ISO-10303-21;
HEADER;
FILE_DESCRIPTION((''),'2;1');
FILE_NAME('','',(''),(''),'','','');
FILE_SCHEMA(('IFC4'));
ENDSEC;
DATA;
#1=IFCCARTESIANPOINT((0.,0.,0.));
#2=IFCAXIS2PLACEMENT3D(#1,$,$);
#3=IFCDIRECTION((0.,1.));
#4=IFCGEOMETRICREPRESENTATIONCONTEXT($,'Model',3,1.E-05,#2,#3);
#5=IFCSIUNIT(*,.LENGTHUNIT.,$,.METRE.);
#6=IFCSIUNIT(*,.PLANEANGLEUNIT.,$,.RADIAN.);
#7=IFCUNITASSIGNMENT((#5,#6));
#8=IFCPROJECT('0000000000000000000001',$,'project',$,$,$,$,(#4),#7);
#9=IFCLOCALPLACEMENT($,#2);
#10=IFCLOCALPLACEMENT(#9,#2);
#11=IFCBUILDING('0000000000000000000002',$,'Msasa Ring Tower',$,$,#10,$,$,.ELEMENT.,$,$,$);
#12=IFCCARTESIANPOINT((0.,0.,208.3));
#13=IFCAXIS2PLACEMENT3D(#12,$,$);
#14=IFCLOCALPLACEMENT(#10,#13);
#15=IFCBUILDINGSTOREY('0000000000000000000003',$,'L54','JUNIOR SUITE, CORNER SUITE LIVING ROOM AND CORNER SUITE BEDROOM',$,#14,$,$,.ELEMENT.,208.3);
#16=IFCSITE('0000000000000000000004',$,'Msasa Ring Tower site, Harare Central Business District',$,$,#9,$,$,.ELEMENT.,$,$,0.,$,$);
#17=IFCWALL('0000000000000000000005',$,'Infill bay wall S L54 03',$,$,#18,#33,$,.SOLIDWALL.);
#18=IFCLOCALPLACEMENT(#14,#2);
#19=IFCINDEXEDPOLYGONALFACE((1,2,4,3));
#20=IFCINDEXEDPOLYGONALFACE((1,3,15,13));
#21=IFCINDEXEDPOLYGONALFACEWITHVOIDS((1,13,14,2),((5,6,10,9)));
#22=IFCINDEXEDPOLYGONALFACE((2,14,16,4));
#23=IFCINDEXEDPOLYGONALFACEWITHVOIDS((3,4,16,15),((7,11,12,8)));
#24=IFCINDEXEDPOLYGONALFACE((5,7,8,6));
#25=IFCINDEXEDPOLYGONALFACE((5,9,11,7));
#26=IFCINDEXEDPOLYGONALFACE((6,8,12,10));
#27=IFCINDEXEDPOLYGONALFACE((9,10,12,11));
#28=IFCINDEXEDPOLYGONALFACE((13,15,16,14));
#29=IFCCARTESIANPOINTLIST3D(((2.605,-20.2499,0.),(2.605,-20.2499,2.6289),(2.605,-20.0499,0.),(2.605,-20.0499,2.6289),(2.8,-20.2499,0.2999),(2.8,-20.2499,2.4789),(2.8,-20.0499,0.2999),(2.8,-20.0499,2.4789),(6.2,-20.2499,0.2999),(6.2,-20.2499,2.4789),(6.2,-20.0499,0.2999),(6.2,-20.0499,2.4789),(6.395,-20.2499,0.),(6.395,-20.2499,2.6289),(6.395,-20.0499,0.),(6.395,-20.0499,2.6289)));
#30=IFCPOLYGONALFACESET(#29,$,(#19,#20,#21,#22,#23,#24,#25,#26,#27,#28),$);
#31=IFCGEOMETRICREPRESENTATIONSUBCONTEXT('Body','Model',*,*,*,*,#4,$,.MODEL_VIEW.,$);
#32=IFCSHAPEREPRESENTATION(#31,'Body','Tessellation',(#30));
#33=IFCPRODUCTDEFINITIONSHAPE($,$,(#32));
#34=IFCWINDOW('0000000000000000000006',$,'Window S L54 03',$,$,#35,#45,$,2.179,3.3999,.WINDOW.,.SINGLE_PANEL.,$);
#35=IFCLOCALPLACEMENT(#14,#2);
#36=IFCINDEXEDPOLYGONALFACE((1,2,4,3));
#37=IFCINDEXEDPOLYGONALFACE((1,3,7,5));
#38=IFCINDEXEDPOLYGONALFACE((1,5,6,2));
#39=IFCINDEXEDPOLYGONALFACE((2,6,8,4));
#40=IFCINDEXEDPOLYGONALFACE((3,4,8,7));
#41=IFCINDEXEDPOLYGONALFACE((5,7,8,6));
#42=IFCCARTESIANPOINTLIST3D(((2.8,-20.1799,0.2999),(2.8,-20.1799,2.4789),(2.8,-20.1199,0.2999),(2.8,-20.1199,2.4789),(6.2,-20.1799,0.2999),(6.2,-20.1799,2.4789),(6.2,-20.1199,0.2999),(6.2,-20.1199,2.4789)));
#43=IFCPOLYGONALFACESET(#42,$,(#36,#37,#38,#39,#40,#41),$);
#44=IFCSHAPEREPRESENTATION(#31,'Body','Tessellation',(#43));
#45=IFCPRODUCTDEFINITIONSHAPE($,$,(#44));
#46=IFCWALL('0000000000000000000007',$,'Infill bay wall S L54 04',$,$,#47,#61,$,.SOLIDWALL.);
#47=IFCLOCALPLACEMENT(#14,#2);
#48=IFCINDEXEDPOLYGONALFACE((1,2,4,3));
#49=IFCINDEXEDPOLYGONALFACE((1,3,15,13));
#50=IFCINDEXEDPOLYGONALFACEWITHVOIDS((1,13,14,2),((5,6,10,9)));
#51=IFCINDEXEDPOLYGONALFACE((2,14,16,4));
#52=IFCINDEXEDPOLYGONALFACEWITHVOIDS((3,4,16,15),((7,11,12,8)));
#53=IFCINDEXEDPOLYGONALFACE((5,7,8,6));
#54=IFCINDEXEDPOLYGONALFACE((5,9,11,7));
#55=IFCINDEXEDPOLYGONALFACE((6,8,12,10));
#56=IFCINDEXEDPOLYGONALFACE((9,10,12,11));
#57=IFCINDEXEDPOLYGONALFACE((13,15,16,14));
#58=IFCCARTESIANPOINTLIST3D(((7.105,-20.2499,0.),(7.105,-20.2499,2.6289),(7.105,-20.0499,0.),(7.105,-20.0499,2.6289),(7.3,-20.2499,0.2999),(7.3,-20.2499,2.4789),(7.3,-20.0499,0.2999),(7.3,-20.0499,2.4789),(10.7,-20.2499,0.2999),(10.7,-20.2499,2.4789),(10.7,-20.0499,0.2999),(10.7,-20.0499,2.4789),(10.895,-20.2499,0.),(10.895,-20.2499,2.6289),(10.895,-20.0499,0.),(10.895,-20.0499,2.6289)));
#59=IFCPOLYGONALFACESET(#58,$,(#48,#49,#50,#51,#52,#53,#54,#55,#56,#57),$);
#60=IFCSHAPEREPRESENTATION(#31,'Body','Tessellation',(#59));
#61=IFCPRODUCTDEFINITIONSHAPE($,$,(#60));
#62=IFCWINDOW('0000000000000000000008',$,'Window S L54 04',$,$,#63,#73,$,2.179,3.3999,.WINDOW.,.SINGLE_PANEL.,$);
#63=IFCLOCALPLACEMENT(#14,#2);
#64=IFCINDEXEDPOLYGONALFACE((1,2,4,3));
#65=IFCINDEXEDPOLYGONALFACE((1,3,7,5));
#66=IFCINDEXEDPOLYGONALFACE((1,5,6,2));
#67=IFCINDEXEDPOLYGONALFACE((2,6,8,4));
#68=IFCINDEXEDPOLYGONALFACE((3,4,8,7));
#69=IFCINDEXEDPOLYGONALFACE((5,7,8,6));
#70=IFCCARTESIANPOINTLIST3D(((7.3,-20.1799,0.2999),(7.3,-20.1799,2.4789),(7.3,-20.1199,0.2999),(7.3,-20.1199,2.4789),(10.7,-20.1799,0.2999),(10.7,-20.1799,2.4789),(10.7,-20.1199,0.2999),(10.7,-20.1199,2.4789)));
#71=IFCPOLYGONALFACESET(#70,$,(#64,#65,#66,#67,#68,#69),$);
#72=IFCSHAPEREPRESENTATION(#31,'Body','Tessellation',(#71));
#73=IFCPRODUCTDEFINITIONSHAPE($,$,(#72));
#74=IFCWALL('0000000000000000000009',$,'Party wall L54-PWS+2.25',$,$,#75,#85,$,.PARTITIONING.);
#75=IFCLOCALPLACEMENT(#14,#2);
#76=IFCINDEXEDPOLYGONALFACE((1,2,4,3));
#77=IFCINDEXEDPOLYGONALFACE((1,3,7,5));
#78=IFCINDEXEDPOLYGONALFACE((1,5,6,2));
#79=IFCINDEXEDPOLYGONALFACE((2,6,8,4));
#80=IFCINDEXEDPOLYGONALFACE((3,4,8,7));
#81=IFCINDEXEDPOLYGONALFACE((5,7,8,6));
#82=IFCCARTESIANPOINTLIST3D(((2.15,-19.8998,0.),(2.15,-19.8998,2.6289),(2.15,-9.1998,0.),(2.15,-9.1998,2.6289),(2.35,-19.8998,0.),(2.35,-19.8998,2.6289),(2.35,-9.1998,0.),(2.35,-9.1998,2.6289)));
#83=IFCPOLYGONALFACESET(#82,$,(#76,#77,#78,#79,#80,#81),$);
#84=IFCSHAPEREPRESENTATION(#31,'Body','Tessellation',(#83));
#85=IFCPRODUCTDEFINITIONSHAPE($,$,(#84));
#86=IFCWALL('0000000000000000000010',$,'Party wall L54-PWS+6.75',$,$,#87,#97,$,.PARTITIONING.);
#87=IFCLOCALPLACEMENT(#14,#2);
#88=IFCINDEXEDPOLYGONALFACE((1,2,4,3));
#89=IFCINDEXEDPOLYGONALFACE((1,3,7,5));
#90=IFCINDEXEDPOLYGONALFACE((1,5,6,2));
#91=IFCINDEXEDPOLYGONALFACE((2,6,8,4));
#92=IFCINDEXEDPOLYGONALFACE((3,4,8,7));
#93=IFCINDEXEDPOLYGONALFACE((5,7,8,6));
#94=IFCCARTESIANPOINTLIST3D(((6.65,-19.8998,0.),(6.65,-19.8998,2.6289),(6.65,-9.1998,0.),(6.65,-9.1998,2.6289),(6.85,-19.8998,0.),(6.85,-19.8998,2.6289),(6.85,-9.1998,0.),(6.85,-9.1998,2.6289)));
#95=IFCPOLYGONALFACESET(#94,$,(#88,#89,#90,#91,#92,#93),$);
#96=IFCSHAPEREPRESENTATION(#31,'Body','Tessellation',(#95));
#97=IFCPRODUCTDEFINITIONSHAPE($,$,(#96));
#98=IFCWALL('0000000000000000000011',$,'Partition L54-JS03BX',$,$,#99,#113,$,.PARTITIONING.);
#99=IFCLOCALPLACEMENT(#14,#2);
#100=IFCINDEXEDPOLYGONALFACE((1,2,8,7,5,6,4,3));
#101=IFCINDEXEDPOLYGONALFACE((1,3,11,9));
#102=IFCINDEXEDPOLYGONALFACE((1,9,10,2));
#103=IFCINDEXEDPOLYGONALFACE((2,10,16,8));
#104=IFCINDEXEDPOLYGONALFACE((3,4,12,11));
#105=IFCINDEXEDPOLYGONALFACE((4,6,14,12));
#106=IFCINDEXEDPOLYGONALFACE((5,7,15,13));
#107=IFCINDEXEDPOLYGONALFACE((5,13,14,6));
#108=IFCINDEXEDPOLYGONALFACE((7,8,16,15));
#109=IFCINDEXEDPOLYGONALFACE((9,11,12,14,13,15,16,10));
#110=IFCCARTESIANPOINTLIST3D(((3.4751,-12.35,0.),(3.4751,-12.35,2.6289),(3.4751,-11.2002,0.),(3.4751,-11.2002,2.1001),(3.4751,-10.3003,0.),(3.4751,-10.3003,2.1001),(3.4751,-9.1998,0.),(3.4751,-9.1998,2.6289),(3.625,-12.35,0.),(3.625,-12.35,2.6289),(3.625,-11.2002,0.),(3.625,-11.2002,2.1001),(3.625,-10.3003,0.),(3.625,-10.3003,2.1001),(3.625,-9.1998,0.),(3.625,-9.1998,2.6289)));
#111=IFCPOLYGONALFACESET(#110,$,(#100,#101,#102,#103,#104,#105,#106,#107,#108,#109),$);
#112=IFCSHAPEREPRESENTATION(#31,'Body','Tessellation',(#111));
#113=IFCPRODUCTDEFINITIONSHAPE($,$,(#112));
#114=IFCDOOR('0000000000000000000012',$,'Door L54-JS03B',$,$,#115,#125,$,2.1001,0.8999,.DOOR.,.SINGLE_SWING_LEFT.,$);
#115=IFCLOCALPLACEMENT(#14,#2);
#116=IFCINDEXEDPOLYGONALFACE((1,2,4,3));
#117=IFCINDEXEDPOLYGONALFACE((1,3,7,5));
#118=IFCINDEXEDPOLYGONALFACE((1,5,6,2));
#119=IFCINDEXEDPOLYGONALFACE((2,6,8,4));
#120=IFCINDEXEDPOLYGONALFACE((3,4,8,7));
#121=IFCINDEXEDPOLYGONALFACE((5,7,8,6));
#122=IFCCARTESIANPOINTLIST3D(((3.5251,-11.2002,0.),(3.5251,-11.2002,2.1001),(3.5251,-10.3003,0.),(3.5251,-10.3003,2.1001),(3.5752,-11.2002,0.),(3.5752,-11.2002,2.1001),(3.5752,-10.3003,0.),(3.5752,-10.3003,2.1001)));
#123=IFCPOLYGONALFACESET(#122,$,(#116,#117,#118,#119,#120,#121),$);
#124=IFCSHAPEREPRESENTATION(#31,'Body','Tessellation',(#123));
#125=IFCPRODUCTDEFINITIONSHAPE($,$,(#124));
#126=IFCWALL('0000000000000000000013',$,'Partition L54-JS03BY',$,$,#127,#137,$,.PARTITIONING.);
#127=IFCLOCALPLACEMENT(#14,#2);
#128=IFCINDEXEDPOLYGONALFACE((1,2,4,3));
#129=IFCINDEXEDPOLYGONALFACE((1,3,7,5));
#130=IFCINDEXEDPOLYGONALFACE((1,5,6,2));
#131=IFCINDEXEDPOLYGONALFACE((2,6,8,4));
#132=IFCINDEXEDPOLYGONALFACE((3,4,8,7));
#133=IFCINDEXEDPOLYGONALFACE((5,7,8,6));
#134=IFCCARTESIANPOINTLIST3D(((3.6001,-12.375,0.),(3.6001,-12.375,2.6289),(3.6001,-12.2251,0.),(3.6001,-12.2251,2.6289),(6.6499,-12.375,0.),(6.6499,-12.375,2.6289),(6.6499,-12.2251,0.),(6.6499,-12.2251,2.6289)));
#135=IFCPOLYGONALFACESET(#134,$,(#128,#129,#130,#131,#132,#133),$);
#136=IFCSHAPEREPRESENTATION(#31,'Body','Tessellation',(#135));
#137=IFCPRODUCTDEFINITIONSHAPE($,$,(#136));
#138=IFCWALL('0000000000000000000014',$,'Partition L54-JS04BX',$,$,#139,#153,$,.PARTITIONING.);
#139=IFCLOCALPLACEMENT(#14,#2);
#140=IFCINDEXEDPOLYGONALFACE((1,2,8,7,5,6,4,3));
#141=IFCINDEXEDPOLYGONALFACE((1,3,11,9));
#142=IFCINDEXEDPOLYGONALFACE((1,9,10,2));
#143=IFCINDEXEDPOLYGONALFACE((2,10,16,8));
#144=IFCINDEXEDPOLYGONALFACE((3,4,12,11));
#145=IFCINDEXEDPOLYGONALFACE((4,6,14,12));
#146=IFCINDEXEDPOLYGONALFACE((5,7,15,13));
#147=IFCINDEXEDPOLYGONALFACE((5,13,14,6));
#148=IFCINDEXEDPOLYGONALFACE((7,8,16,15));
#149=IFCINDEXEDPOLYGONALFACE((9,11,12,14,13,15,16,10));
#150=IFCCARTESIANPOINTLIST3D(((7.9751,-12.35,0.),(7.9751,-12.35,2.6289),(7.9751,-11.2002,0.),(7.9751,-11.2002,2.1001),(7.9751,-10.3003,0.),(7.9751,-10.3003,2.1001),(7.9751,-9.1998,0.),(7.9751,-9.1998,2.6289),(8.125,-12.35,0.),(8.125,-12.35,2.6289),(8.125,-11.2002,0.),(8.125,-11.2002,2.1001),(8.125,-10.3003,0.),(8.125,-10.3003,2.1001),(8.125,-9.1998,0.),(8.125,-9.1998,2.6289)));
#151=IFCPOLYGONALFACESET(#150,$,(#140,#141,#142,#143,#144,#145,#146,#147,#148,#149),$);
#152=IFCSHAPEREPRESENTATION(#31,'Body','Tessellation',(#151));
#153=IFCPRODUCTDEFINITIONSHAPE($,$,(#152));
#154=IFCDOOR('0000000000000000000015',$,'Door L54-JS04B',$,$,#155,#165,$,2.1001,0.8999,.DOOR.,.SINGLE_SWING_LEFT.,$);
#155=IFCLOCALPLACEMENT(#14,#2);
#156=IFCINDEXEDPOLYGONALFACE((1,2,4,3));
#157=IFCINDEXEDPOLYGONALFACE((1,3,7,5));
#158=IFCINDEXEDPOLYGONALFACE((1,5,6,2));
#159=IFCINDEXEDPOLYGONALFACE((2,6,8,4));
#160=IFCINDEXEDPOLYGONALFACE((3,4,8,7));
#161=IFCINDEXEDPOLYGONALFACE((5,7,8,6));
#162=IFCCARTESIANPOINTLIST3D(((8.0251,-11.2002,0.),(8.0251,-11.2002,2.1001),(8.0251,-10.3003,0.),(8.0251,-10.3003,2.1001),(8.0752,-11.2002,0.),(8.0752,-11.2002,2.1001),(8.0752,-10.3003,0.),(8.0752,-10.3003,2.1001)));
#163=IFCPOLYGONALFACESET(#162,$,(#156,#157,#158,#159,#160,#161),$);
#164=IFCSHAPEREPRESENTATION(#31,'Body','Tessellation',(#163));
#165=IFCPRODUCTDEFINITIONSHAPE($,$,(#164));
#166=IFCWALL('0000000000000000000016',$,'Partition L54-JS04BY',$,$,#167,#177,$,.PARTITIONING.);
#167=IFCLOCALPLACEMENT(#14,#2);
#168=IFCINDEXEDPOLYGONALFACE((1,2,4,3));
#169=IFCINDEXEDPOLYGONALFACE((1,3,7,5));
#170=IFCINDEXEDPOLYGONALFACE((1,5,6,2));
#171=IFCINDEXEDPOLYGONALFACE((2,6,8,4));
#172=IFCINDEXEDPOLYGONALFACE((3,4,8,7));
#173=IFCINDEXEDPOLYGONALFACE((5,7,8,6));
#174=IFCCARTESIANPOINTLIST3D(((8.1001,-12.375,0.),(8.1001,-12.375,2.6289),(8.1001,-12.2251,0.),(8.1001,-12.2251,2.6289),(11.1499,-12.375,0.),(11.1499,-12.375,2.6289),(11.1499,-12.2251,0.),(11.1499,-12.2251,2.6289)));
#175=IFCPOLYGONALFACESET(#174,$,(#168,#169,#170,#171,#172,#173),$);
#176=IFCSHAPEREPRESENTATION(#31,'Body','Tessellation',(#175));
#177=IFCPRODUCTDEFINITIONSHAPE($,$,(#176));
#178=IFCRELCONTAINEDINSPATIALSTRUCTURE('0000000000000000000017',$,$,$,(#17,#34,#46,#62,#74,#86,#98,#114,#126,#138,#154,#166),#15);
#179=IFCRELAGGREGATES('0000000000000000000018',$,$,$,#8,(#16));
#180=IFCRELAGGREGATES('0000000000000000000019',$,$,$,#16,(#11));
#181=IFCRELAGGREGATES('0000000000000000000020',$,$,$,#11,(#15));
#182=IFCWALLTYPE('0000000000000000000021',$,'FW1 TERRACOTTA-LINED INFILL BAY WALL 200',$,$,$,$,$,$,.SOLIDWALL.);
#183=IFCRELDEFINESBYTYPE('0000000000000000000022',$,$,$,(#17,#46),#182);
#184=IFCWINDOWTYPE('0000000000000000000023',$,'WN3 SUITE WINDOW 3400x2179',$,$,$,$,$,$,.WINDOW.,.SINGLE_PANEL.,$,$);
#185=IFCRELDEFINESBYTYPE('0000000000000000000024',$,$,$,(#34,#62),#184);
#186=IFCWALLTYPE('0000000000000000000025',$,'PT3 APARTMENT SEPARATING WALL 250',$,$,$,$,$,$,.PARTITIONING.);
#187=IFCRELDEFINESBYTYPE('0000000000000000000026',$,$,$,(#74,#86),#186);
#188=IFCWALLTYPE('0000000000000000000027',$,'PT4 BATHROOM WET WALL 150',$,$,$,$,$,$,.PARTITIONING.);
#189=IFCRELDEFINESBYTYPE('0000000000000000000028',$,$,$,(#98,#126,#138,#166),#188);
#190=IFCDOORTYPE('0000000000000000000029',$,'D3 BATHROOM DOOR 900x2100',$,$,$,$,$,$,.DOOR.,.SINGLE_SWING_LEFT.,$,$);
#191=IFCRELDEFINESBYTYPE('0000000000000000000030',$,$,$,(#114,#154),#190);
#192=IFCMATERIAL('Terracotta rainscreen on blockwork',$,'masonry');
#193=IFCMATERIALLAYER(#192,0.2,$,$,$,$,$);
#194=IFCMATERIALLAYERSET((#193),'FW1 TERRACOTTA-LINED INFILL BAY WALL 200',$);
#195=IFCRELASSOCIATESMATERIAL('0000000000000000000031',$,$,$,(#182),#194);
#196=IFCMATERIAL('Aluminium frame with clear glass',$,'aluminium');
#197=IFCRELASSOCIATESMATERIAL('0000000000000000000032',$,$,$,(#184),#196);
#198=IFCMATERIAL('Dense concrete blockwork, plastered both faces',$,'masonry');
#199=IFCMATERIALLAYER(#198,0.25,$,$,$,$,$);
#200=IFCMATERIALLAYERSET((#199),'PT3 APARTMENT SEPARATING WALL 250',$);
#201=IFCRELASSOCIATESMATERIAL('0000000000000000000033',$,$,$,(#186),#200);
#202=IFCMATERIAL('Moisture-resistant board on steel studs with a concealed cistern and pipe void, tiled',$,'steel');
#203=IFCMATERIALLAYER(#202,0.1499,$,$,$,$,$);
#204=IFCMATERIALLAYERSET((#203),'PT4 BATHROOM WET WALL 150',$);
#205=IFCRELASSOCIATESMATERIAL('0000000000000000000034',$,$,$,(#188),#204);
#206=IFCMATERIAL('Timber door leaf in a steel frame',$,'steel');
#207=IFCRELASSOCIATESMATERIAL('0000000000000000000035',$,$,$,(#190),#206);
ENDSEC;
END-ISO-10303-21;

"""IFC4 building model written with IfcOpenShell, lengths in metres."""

from ifc_helpers import new_model, si_unit, direction, frame, frame_2d, origin, place, context, subcontext, project, spatial, rectangle, extrude, material, layer, layer_set, type_object, element, fill, save


model = new_model("IFC4")

# Units and contexts
model_context = context("Model", 3, precision=1e-05, world=origin(), true_north=direction((0.0, 1.0)))
body_context = subcontext(model_context, "Body", "Model", "MODEL_VIEW")
ifc_project = project(units=[si_unit("LENGTHUNIT", "METRE"), si_unit("PLANEANGLEUNIT", "RADIAN")], contexts=[model_context])

# Site, building, storey
site_placement = place(None, origin())
site = spatial("IfcSite", under=ifc_project, at=site_placement, Name="Msasa Ring Tower site, Harare Central Business District", CompositionType="ELEMENT", RefElevation=0.0)
building_placement = place(site_placement, origin())
building = spatial("IfcBuilding", under=site, at=building_placement, Name="Msasa Ring Tower", CompositionType="ELEMENT")
storey_placement = place(building_placement, frame((0.0, 0.0, 208.3)))
storey = spatial("IfcBuildingStorey", under=building, at=storey_placement, Name="L54", Description="JUNIOR SUITE, CORNER SUITE LIVING ROOM AND CORNER SUITE BEDROOM", CompositionType="ELEMENT", Elevation=208.3)

# Walls, openings, windows
ifc_material_1 = material(Name="Terracotta rainscreen on blockwork", Category="masonry")
ifc_layer_1 = layer(ifc_material_1, 0.2)
ifc_layer_set_1 = layer_set([ifc_layer_1], Name="FW1 TERRACOTTA-LINED INFILL BAY WALL 200")
wall_type_1 = type_object("IfcWallType", Name="FW1 TERRACOTTA-LINED INFILL BAY WALL 200", PredefinedType="SOLIDWALL", material=ifc_layer_set_1)
wall_1_placement = place(storey_placement, frame((2.605, -20.1499, 0.0), z_axis=(0.0, 0.0, 1.0), x_axis=(1.0, 0.0, 0.0)))
wall_1 = element("IfcWall", 1, at=wall_1_placement, inside=storey, type_object=wall_type_1, Name="Infill bay wall S L54 03", PredefinedType="SOLIDWALL", context=body_context, shape_type="SweptSolid", body=[
    extrude(rectangle(XDim=3.79, YDim=0.2, at=frame_2d((1.895, 0.0))), origin(), (0.0, 0.0, 1.0), 2.6289),
])
opening_1_placement = place(wall_1_placement, frame((0.1951, 0.0, 0.3)))
opening_1 = element("IfcOpeningElement", 2, at=opening_1_placement, cuts=wall_1, PredefinedType="OPENING", context=body_context, shape_type="SweptSolid", body=[
    extrude(rectangle(XDim=3.3999, YDim=2.179, at=frame_2d((1.7, 1.0894))), frame((0.0, 0.1099, 0.0), z_axis=(0.0, -1.0, 0.0), x_axis=(1.0, 0.0, 0.0)), (0.0, 0.0, 1.0), 0.22),
])
ifc_material_2 = material(Name="Aluminium frame with clear glass", Category="aluminium")
window_type = type_object("IfcWindowType", Name="WN3 SUITE WINDOW 3400x2179", PartitioningType="SINGLE_PANEL", PredefinedType="WINDOW", material=ifc_material_2)
window_1_placement = place(opening_1_placement, origin())
window_1 = element("IfcWindow", 3, at=window_1_placement, inside=storey, type_object=window_type, Name="Window S L54 03", OverallHeight=2.179, OverallWidth=3.3999, PartitioningType="SINGLE_PANEL", PredefinedType="WINDOW", context=body_context, shape_type="SweptSolid", body=[
    extrude(rectangle(XDim=3.3999, YDim=2.179, at=frame_2d((1.7, 1.0894))), frame((0.0, 0.03, 0.0), z_axis=(0.0, -1.0, 0.0), x_axis=(1.0, 0.0, 0.0)), (0.0, 0.0, 1.0), 0.0601),
])
fill(opening_1, window_1)
wall_2_placement = place(storey_placement, frame((7.105, -20.1499, 0.0), z_axis=(0.0, 0.0, 1.0), x_axis=(1.0, 0.0, 0.0)))
wall_2 = element("IfcWall", 4, at=wall_2_placement, inside=storey, type_object=wall_type_1, Name="Infill bay wall S L54 04", PredefinedType="SOLIDWALL", context=body_context, shape_type="SweptSolid", body=[
    extrude(rectangle(XDim=3.79, YDim=0.2, at=frame_2d((1.895, 0.0))), origin(), (0.0, 0.0, 1.0), 2.6289),
])
opening_2_placement = place(wall_2_placement, frame((0.1951, 0.0, 0.3)))
opening_2 = element("IfcOpeningElement", 5, at=opening_2_placement, cuts=wall_2, PredefinedType="OPENING", context=body_context, shape_type="SweptSolid", body=[
    extrude(rectangle(XDim=3.3999, YDim=2.179, at=frame_2d((1.7, 1.0894))), frame((0.0, 0.1099, 0.0), z_axis=(0.0, -1.0, 0.0), x_axis=(1.0, 0.0, 0.0)), (0.0, 0.0, 1.0), 0.22),
])
window_2_placement = place(opening_2_placement, origin())
window_2 = element("IfcWindow", 6, at=window_2_placement, inside=storey, type_object=window_type, Name="Window S L54 04", OverallHeight=2.179, OverallWidth=3.3999, PartitioningType="SINGLE_PANEL", PredefinedType="WINDOW", context=body_context, shape_type="SweptSolid", body=[
    extrude(rectangle(XDim=3.3999, YDim=2.179, at=frame_2d((1.7, 1.0894))), frame((0.0, 0.03, 0.0), z_axis=(0.0, -1.0, 0.0), x_axis=(1.0, 0.0, 0.0)), (0.0, 0.0, 1.0), 0.0601),
])
fill(opening_2, window_2)

# Walls
ifc_material_3 = material(Name="Dense concrete blockwork, plastered both faces", Category="masonry")
ifc_layer_2 = layer(ifc_material_3, 0.25)
ifc_layer_set_2 = layer_set([ifc_layer_2], Name="PT3 APARTMENT SEPARATING WALL 250")
wall_type_2 = type_object("IfcWallType", Name="PT3 APARTMENT SEPARATING WALL 250", PredefinedType="PARTITIONING", material=ifc_layer_set_2)
for number, where, z_axis, x_axis, name in (
    (7, (2.25, -19.8999, 0.0), (0.0, 0.0, 1.0), (0.0, 1.0, 0.0), "Party wall L54-PWS+2.25"),
    (8, (6.75, -19.8999, 0.0), (0.0, 0.0, 1.0), (0.0, 1.0, 0.0), "Party wall L54-PWS+6.75"),
):
    element("IfcWall", number, at=place(storey_placement, frame(where, z_axis=z_axis, x_axis=x_axis)), inside=storey, type_object=wall_type_2, Name=name, PredefinedType="PARTITIONING", context=body_context, shape_type="SweptSolid", body=[
        extrude(rectangle(XDim=10.7, YDim=0.2, at=frame_2d((5.3501, 0.0))), origin(), (0.0, 0.0, 1.0), 2.6289),
    ])

# Wall, opening, door
ifc_material_4 = material(Name="Moisture-resistant board on steel studs with a concealed cistern and pipe void, tiled", Category="steel")
ifc_layer_3 = layer(ifc_material_4, 0.1499)
ifc_layer_set_3 = layer_set([ifc_layer_3], Name="PT4 BATHROOM WET WALL 150")
wall_type_3 = type_object("IfcWallType", Name="PT4 BATHROOM WET WALL 150", PredefinedType="PARTITIONING", material=ifc_layer_set_3)
wall_3_placement = place(storey_placement, frame((3.55, -12.3501, 0.0), z_axis=(0.0, 0.0, 1.0), x_axis=(0.0, 1.0, 0.0)))
wall_3 = element("IfcWall", 9, at=wall_3_placement, inside=storey, type_object=wall_type_3, Name="Partition L54-JS03BX", PredefinedType="PARTITIONING", context=body_context, shape_type="SweptSolid", body=[
    extrude(rectangle(XDim=3.1501, YDim=0.1499, at=frame_2d((1.5752, 0.0))), origin(), (0.0, 0.0, 1.0), 2.6289),
])
opening_3_placement = place(wall_3_placement, frame((1.1499, 0.0, 0.0)))
opening_3 = element("IfcOpeningElement", 10, at=opening_3_placement, cuts=wall_3, PredefinedType="OPENING", context=body_context, shape_type="SweptSolid", body=[
    extrude(rectangle(XDim=0.8999, YDim=2.1001, at=frame_2d((0.45, 1.05))), frame((0.0, 0.085, 0.0), z_axis=(0.0, -1.0, 0.0), x_axis=(1.0, 0.0, 0.0)), (0.0, 0.0, 1.0), 0.1699),
])
ifc_material_5 = material(Name="Timber door leaf in a steel frame", Category="steel")
door_type = type_object("IfcDoorType", Name="D3 BATHROOM DOOR 900x2100", OperationType="SINGLE_SWING_LEFT", PredefinedType="DOOR", material=ifc_material_5)
door_1_placement = place(opening_3_placement, origin())
door_1 = element("IfcDoor", 11, at=door_1_placement, inside=storey, type_object=door_type, Name="Door L54-JS03B", OperationType="SINGLE_SWING_LEFT", OverallHeight=2.1001, OverallWidth=0.8999, PredefinedType="DOOR", context=body_context, shape_type="SweptSolid", body=[
    extrude(rectangle(XDim=0.8999, YDim=2.1001, at=frame_2d((0.45, 1.05))), frame((0.0, 0.0249, 0.0), z_axis=(0.0, -1.0, 0.0), x_axis=(1.0, 0.0, 0.0)), (0.0, 0.0, 1.0), 0.05),
])
fill(opening_3, door_1)

# Wall
wall_4_placement = place(storey_placement, frame((3.6001, -12.3, 0.0), z_axis=(0.0, 0.0, 1.0), x_axis=(1.0, 0.0, 0.0)))
element("IfcWall", 12, at=wall_4_placement, inside=storey, type_object=wall_type_3, Name="Partition L54-JS03BY", PredefinedType="PARTITIONING", context=body_context, shape_type="SweptSolid", body=[
    extrude(rectangle(XDim=3.0498, YDim=0.1499, at=frame_2d((1.5249, 0.0))), origin(), (0.0, 0.0, 1.0), 2.6289),
])

# Wall, opening, door
wall_5_placement = place(storey_placement, frame((8.05, -12.3501, 0.0), z_axis=(0.0, 0.0, 1.0), x_axis=(0.0, 1.0, 0.0)))
wall_5 = element("IfcWall", 13, at=wall_5_placement, inside=storey, type_object=wall_type_3, Name="Partition L54-JS04BX", PredefinedType="PARTITIONING", context=body_context, shape_type="SweptSolid", body=[
    extrude(rectangle(XDim=3.1501, YDim=0.1499, at=frame_2d((1.5752, 0.0))), origin(), (0.0, 0.0, 1.0), 2.6289),
])
opening_4_placement = place(wall_5_placement, frame((1.1499, 0.0, 0.0)))
opening_4 = element("IfcOpeningElement", 14, at=opening_4_placement, cuts=wall_5, PredefinedType="OPENING", context=body_context, shape_type="SweptSolid", body=[
    extrude(rectangle(XDim=0.8999, YDim=2.1001, at=frame_2d((0.45, 1.05))), frame((0.0, 0.085, 0.0), z_axis=(0.0, -1.0, 0.0), x_axis=(1.0, 0.0, 0.0)), (0.0, 0.0, 1.0), 0.1699),
])
door_2_placement = place(opening_4_placement, origin())
door_2 = element("IfcDoor", 15, at=door_2_placement, inside=storey, type_object=door_type, Name="Door L54-JS04B", OperationType="SINGLE_SWING_LEFT", OverallHeight=2.1001, OverallWidth=0.8999, PredefinedType="DOOR", context=body_context, shape_type="SweptSolid", body=[
    extrude(rectangle(XDim=0.8999, YDim=2.1001, at=frame_2d((0.45, 1.05))), frame((0.0, 0.0249, 0.0), z_axis=(0.0, -1.0, 0.0), x_axis=(1.0, 0.0, 0.0)), (0.0, 0.0, 1.0), 0.05),
])
fill(opening_4, door_2)

# Wall
wall_6_placement = place(storey_placement, frame((8.1001, -12.3, 0.0), z_axis=(0.0, 0.0, 1.0), x_axis=(1.0, 0.0, 0.0)))
element("IfcWall", 16, at=wall_6_placement, inside=storey, type_object=wall_type_3, Name="Partition L54-JS04BY", PredefinedType="PARTITIONING", context=body_context, shape_type="SweptSolid", body=[
    extrude(rectangle(XDim=3.0498, YDim=0.1499, at=frame_2d((1.5249, 0.0))), origin(), (0.0, 0.0, 1.0), 2.6289),
])

save(model, "model.ifc")
